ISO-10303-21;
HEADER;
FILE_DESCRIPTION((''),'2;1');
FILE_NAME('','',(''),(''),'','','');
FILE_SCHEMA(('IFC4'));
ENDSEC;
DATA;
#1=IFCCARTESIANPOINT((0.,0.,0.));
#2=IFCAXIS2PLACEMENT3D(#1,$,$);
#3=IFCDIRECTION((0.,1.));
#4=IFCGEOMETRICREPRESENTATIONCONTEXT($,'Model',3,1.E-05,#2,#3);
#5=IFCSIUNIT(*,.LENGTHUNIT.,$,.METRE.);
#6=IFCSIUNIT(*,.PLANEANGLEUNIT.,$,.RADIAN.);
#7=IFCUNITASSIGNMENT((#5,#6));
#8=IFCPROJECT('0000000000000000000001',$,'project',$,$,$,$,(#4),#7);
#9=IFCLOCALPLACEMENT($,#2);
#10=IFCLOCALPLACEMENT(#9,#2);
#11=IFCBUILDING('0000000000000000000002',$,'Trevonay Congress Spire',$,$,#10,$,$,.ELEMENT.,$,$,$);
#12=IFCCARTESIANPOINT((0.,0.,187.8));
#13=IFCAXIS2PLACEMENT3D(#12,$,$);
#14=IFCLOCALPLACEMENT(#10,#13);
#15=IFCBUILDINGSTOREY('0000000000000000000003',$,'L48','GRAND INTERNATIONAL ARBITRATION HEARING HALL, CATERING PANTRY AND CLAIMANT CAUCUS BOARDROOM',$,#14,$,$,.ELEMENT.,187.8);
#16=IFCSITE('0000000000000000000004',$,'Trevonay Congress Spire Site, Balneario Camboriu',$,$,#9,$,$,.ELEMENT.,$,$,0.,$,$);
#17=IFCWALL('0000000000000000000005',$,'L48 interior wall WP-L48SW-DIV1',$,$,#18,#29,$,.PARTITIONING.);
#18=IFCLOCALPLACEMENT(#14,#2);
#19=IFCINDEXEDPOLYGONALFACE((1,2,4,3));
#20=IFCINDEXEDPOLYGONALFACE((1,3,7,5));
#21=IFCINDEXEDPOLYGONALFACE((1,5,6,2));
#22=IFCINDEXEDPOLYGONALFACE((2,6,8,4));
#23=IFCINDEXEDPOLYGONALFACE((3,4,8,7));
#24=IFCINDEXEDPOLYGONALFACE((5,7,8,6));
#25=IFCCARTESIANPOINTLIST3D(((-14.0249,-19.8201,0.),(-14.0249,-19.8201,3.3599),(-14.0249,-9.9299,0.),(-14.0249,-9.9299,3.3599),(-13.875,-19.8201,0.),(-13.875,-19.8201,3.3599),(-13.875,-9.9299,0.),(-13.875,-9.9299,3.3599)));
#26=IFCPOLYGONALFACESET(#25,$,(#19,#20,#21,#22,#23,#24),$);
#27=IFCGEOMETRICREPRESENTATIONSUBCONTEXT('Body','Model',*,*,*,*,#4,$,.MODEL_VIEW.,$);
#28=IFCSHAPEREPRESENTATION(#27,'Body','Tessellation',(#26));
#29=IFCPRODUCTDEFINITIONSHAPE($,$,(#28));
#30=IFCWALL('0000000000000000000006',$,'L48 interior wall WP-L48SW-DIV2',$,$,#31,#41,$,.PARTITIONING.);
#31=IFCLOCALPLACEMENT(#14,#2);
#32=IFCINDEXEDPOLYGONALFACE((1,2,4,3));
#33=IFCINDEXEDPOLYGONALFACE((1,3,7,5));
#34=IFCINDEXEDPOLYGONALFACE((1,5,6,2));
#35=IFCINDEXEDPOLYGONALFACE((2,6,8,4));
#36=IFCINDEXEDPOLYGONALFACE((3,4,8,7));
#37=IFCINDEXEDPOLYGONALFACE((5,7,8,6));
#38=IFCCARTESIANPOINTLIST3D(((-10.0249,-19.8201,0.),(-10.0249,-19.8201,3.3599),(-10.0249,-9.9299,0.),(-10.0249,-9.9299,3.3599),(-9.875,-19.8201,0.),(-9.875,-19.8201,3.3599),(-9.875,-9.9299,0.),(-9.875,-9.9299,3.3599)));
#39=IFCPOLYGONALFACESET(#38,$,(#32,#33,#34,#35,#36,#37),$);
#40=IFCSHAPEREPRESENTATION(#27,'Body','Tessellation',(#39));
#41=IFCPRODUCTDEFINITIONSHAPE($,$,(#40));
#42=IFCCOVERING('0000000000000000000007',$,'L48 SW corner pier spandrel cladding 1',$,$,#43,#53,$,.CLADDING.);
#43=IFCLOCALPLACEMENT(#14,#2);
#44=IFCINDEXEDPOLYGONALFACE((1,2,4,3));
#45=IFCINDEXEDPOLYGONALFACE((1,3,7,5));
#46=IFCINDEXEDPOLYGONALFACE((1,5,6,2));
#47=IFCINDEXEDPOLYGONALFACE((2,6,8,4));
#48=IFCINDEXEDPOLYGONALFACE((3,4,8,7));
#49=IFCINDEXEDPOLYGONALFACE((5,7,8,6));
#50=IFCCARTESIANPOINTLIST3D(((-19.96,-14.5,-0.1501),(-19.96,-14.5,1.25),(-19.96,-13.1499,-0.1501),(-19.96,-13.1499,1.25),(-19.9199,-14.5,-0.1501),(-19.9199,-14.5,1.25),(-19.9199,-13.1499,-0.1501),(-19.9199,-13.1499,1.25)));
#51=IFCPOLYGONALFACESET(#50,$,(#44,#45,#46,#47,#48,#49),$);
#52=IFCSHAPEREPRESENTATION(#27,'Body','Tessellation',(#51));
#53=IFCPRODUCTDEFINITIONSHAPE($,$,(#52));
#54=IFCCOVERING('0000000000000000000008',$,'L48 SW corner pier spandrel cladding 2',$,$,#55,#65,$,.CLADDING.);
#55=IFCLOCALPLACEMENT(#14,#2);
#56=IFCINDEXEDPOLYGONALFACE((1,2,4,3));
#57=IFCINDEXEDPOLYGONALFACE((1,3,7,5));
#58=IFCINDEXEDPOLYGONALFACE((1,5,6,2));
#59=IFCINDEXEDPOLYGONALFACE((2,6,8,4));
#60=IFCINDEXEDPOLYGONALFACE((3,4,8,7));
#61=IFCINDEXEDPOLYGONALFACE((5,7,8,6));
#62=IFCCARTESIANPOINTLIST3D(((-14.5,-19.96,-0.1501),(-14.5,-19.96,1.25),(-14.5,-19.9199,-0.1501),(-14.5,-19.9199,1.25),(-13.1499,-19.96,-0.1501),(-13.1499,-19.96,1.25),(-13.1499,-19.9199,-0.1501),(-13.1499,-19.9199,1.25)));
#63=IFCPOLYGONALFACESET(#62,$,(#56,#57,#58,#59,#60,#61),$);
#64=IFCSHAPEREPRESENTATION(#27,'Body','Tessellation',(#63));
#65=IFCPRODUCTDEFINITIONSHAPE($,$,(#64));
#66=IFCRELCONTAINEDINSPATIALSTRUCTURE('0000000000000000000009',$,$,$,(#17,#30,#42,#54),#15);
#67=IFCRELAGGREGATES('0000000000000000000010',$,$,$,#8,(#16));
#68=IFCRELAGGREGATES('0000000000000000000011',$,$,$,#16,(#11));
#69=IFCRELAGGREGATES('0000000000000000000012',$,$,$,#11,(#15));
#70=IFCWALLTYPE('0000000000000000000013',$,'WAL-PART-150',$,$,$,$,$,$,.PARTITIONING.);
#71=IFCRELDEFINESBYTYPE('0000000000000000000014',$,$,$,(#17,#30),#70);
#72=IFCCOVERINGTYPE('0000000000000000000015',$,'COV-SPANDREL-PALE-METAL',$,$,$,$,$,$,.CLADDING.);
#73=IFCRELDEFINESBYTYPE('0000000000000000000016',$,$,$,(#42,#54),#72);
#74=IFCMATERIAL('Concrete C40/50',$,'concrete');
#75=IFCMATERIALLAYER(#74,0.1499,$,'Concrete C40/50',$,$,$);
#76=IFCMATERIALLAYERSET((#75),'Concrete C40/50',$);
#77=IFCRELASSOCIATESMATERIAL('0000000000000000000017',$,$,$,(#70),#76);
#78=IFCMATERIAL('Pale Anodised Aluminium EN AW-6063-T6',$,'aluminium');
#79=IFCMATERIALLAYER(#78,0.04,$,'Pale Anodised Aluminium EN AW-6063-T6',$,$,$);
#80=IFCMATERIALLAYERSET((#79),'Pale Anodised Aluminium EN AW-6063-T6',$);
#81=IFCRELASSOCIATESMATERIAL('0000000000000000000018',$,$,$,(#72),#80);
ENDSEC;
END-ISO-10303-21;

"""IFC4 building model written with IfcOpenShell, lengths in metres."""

from ifc_helpers import new_model, si_unit, direction, frame, frame_2d, origin, place, context, subcontext, project, spatial, rectangle, extrude, material, layer, layer_set, type_object, element, save


model = new_model("IFC4")

# Units and contexts
model_context = context("Model", 3, precision=1e-05, world=origin(), true_north=direction((0.0, 1.0)))
body_context = subcontext(model_context, "Body", "Model", "MODEL_VIEW")
ifc_project = project(units=[si_unit("LENGTHUNIT", "METRE"), si_unit("PLANEANGLEUNIT", "RADIAN")], contexts=[model_context])

# Site, building, storey
site_placement = place(None, origin())
site = spatial("IfcSite", under=ifc_project, at=site_placement, Name="Trevonay Congress Spire Site, Balneario Camboriu", CompositionType="ELEMENT", RefElevation=0.0)
building_placement = place(site_placement, origin())
building = spatial("IfcBuilding", under=site, at=building_placement, Name="Trevonay Congress Spire", CompositionType="ELEMENT")
storey_placement = place(building_placement, frame((0.0, 0.0, 187.8)))
storey = spatial("IfcBuildingStorey", under=building, at=storey_placement, Name="L48", Description="GRAND INTERNATIONAL ARBITRATION HEARING HALL, CATERING PANTRY AND CLAIMANT CAUCUS BOARDROOM", CompositionType="ELEMENT", Elevation=187.8)

# Shared definitions
ifc_material_1 = material(Name="Pale Anodised Aluminium EN AW-6063-T6", Category="aluminium")

# Walls
ifc_material_2 = material(Name="Concrete C40/50", Category="concrete")
ifc_layer_1 = layer(ifc_material_2, 0.1499, Name="Concrete C40/50")
ifc_layer_set_1 = layer_set([ifc_layer_1], Name="Concrete C40/50")
wall_type_1 = type_object("IfcWallType", Name="WAL-PART-150", PredefinedType="PARTITIONING", material=ifc_layer_set_1)
for number, where, z_axis, x_axis, name in (
    (1, (-13.95, -19.8201, 0.0), (0.0, 0.0, 1.0), (0.0, 1.0, 0.0), "L48 interior wall WP-L48SW-DIV1"),
    (2, (-9.95, -19.8201, 0.0), (0.0, 0.0, 1.0), (0.0, 1.0, 0.0), "L48 interior wall WP-L48SW-DIV2"),
):
    element("IfcWall", number, at=place(storey_placement, frame(where, z_axis=z_axis, x_axis=x_axis)), inside=storey, type_object=wall_type_1, Name=name, PredefinedType="PARTITIONING", context=body_context, shape_type="SweptSolid", body=[
        extrude(rectangle(XDim=9.8901, YDim=0.1499, at=frame_2d((4.9451, 0.0))), origin(), (0.0, 0.0, 1.0), 3.3599),
    ])

# Coverings
ifc_layer_2 = layer(ifc_material_1, 0.04, Name="Pale Anodised Aluminium EN AW-6063-T6")
ifc_layer_set_2 = layer_set([ifc_layer_2], Name="Pale Anodised Aluminium EN AW-6063-T6")
covering_type = type_object("IfcCoveringType", Name="COV-SPANDREL-PALE-METAL", PredefinedType="CLADDING", material=ifc_layer_set_2)
for number, where, z_axis, x_axis, name in (
    (3, (-19.9399, -13.1499, -0.1501), (0.0, 0.0, 1.0), (0.0, -1.0, 0.0), "L48 SW corner pier spandrel cladding 1"),
    (4, (-13.1499, -19.9399, -0.1501), (0.0, 0.0, 1.0), (-1.0, 0.0, 0.0), "L48 SW corner pier spandrel cladding 2"),
):
    element("IfcCovering", number, at=place(storey_placement, frame(where, z_axis=z_axis, x_axis=x_axis)), inside=storey, type_object=covering_type, Name=name, PredefinedType="CLADDING", context=body_context, shape_type="SweptSolid", body=[
        extrude(rectangle(XDim=1.3501, YDim=0.04, at=frame_2d((0.675, 0.0))), origin(), (0.0, 0.0, 1.0), 1.4001),
    ])

save(model, "model.ifc")
